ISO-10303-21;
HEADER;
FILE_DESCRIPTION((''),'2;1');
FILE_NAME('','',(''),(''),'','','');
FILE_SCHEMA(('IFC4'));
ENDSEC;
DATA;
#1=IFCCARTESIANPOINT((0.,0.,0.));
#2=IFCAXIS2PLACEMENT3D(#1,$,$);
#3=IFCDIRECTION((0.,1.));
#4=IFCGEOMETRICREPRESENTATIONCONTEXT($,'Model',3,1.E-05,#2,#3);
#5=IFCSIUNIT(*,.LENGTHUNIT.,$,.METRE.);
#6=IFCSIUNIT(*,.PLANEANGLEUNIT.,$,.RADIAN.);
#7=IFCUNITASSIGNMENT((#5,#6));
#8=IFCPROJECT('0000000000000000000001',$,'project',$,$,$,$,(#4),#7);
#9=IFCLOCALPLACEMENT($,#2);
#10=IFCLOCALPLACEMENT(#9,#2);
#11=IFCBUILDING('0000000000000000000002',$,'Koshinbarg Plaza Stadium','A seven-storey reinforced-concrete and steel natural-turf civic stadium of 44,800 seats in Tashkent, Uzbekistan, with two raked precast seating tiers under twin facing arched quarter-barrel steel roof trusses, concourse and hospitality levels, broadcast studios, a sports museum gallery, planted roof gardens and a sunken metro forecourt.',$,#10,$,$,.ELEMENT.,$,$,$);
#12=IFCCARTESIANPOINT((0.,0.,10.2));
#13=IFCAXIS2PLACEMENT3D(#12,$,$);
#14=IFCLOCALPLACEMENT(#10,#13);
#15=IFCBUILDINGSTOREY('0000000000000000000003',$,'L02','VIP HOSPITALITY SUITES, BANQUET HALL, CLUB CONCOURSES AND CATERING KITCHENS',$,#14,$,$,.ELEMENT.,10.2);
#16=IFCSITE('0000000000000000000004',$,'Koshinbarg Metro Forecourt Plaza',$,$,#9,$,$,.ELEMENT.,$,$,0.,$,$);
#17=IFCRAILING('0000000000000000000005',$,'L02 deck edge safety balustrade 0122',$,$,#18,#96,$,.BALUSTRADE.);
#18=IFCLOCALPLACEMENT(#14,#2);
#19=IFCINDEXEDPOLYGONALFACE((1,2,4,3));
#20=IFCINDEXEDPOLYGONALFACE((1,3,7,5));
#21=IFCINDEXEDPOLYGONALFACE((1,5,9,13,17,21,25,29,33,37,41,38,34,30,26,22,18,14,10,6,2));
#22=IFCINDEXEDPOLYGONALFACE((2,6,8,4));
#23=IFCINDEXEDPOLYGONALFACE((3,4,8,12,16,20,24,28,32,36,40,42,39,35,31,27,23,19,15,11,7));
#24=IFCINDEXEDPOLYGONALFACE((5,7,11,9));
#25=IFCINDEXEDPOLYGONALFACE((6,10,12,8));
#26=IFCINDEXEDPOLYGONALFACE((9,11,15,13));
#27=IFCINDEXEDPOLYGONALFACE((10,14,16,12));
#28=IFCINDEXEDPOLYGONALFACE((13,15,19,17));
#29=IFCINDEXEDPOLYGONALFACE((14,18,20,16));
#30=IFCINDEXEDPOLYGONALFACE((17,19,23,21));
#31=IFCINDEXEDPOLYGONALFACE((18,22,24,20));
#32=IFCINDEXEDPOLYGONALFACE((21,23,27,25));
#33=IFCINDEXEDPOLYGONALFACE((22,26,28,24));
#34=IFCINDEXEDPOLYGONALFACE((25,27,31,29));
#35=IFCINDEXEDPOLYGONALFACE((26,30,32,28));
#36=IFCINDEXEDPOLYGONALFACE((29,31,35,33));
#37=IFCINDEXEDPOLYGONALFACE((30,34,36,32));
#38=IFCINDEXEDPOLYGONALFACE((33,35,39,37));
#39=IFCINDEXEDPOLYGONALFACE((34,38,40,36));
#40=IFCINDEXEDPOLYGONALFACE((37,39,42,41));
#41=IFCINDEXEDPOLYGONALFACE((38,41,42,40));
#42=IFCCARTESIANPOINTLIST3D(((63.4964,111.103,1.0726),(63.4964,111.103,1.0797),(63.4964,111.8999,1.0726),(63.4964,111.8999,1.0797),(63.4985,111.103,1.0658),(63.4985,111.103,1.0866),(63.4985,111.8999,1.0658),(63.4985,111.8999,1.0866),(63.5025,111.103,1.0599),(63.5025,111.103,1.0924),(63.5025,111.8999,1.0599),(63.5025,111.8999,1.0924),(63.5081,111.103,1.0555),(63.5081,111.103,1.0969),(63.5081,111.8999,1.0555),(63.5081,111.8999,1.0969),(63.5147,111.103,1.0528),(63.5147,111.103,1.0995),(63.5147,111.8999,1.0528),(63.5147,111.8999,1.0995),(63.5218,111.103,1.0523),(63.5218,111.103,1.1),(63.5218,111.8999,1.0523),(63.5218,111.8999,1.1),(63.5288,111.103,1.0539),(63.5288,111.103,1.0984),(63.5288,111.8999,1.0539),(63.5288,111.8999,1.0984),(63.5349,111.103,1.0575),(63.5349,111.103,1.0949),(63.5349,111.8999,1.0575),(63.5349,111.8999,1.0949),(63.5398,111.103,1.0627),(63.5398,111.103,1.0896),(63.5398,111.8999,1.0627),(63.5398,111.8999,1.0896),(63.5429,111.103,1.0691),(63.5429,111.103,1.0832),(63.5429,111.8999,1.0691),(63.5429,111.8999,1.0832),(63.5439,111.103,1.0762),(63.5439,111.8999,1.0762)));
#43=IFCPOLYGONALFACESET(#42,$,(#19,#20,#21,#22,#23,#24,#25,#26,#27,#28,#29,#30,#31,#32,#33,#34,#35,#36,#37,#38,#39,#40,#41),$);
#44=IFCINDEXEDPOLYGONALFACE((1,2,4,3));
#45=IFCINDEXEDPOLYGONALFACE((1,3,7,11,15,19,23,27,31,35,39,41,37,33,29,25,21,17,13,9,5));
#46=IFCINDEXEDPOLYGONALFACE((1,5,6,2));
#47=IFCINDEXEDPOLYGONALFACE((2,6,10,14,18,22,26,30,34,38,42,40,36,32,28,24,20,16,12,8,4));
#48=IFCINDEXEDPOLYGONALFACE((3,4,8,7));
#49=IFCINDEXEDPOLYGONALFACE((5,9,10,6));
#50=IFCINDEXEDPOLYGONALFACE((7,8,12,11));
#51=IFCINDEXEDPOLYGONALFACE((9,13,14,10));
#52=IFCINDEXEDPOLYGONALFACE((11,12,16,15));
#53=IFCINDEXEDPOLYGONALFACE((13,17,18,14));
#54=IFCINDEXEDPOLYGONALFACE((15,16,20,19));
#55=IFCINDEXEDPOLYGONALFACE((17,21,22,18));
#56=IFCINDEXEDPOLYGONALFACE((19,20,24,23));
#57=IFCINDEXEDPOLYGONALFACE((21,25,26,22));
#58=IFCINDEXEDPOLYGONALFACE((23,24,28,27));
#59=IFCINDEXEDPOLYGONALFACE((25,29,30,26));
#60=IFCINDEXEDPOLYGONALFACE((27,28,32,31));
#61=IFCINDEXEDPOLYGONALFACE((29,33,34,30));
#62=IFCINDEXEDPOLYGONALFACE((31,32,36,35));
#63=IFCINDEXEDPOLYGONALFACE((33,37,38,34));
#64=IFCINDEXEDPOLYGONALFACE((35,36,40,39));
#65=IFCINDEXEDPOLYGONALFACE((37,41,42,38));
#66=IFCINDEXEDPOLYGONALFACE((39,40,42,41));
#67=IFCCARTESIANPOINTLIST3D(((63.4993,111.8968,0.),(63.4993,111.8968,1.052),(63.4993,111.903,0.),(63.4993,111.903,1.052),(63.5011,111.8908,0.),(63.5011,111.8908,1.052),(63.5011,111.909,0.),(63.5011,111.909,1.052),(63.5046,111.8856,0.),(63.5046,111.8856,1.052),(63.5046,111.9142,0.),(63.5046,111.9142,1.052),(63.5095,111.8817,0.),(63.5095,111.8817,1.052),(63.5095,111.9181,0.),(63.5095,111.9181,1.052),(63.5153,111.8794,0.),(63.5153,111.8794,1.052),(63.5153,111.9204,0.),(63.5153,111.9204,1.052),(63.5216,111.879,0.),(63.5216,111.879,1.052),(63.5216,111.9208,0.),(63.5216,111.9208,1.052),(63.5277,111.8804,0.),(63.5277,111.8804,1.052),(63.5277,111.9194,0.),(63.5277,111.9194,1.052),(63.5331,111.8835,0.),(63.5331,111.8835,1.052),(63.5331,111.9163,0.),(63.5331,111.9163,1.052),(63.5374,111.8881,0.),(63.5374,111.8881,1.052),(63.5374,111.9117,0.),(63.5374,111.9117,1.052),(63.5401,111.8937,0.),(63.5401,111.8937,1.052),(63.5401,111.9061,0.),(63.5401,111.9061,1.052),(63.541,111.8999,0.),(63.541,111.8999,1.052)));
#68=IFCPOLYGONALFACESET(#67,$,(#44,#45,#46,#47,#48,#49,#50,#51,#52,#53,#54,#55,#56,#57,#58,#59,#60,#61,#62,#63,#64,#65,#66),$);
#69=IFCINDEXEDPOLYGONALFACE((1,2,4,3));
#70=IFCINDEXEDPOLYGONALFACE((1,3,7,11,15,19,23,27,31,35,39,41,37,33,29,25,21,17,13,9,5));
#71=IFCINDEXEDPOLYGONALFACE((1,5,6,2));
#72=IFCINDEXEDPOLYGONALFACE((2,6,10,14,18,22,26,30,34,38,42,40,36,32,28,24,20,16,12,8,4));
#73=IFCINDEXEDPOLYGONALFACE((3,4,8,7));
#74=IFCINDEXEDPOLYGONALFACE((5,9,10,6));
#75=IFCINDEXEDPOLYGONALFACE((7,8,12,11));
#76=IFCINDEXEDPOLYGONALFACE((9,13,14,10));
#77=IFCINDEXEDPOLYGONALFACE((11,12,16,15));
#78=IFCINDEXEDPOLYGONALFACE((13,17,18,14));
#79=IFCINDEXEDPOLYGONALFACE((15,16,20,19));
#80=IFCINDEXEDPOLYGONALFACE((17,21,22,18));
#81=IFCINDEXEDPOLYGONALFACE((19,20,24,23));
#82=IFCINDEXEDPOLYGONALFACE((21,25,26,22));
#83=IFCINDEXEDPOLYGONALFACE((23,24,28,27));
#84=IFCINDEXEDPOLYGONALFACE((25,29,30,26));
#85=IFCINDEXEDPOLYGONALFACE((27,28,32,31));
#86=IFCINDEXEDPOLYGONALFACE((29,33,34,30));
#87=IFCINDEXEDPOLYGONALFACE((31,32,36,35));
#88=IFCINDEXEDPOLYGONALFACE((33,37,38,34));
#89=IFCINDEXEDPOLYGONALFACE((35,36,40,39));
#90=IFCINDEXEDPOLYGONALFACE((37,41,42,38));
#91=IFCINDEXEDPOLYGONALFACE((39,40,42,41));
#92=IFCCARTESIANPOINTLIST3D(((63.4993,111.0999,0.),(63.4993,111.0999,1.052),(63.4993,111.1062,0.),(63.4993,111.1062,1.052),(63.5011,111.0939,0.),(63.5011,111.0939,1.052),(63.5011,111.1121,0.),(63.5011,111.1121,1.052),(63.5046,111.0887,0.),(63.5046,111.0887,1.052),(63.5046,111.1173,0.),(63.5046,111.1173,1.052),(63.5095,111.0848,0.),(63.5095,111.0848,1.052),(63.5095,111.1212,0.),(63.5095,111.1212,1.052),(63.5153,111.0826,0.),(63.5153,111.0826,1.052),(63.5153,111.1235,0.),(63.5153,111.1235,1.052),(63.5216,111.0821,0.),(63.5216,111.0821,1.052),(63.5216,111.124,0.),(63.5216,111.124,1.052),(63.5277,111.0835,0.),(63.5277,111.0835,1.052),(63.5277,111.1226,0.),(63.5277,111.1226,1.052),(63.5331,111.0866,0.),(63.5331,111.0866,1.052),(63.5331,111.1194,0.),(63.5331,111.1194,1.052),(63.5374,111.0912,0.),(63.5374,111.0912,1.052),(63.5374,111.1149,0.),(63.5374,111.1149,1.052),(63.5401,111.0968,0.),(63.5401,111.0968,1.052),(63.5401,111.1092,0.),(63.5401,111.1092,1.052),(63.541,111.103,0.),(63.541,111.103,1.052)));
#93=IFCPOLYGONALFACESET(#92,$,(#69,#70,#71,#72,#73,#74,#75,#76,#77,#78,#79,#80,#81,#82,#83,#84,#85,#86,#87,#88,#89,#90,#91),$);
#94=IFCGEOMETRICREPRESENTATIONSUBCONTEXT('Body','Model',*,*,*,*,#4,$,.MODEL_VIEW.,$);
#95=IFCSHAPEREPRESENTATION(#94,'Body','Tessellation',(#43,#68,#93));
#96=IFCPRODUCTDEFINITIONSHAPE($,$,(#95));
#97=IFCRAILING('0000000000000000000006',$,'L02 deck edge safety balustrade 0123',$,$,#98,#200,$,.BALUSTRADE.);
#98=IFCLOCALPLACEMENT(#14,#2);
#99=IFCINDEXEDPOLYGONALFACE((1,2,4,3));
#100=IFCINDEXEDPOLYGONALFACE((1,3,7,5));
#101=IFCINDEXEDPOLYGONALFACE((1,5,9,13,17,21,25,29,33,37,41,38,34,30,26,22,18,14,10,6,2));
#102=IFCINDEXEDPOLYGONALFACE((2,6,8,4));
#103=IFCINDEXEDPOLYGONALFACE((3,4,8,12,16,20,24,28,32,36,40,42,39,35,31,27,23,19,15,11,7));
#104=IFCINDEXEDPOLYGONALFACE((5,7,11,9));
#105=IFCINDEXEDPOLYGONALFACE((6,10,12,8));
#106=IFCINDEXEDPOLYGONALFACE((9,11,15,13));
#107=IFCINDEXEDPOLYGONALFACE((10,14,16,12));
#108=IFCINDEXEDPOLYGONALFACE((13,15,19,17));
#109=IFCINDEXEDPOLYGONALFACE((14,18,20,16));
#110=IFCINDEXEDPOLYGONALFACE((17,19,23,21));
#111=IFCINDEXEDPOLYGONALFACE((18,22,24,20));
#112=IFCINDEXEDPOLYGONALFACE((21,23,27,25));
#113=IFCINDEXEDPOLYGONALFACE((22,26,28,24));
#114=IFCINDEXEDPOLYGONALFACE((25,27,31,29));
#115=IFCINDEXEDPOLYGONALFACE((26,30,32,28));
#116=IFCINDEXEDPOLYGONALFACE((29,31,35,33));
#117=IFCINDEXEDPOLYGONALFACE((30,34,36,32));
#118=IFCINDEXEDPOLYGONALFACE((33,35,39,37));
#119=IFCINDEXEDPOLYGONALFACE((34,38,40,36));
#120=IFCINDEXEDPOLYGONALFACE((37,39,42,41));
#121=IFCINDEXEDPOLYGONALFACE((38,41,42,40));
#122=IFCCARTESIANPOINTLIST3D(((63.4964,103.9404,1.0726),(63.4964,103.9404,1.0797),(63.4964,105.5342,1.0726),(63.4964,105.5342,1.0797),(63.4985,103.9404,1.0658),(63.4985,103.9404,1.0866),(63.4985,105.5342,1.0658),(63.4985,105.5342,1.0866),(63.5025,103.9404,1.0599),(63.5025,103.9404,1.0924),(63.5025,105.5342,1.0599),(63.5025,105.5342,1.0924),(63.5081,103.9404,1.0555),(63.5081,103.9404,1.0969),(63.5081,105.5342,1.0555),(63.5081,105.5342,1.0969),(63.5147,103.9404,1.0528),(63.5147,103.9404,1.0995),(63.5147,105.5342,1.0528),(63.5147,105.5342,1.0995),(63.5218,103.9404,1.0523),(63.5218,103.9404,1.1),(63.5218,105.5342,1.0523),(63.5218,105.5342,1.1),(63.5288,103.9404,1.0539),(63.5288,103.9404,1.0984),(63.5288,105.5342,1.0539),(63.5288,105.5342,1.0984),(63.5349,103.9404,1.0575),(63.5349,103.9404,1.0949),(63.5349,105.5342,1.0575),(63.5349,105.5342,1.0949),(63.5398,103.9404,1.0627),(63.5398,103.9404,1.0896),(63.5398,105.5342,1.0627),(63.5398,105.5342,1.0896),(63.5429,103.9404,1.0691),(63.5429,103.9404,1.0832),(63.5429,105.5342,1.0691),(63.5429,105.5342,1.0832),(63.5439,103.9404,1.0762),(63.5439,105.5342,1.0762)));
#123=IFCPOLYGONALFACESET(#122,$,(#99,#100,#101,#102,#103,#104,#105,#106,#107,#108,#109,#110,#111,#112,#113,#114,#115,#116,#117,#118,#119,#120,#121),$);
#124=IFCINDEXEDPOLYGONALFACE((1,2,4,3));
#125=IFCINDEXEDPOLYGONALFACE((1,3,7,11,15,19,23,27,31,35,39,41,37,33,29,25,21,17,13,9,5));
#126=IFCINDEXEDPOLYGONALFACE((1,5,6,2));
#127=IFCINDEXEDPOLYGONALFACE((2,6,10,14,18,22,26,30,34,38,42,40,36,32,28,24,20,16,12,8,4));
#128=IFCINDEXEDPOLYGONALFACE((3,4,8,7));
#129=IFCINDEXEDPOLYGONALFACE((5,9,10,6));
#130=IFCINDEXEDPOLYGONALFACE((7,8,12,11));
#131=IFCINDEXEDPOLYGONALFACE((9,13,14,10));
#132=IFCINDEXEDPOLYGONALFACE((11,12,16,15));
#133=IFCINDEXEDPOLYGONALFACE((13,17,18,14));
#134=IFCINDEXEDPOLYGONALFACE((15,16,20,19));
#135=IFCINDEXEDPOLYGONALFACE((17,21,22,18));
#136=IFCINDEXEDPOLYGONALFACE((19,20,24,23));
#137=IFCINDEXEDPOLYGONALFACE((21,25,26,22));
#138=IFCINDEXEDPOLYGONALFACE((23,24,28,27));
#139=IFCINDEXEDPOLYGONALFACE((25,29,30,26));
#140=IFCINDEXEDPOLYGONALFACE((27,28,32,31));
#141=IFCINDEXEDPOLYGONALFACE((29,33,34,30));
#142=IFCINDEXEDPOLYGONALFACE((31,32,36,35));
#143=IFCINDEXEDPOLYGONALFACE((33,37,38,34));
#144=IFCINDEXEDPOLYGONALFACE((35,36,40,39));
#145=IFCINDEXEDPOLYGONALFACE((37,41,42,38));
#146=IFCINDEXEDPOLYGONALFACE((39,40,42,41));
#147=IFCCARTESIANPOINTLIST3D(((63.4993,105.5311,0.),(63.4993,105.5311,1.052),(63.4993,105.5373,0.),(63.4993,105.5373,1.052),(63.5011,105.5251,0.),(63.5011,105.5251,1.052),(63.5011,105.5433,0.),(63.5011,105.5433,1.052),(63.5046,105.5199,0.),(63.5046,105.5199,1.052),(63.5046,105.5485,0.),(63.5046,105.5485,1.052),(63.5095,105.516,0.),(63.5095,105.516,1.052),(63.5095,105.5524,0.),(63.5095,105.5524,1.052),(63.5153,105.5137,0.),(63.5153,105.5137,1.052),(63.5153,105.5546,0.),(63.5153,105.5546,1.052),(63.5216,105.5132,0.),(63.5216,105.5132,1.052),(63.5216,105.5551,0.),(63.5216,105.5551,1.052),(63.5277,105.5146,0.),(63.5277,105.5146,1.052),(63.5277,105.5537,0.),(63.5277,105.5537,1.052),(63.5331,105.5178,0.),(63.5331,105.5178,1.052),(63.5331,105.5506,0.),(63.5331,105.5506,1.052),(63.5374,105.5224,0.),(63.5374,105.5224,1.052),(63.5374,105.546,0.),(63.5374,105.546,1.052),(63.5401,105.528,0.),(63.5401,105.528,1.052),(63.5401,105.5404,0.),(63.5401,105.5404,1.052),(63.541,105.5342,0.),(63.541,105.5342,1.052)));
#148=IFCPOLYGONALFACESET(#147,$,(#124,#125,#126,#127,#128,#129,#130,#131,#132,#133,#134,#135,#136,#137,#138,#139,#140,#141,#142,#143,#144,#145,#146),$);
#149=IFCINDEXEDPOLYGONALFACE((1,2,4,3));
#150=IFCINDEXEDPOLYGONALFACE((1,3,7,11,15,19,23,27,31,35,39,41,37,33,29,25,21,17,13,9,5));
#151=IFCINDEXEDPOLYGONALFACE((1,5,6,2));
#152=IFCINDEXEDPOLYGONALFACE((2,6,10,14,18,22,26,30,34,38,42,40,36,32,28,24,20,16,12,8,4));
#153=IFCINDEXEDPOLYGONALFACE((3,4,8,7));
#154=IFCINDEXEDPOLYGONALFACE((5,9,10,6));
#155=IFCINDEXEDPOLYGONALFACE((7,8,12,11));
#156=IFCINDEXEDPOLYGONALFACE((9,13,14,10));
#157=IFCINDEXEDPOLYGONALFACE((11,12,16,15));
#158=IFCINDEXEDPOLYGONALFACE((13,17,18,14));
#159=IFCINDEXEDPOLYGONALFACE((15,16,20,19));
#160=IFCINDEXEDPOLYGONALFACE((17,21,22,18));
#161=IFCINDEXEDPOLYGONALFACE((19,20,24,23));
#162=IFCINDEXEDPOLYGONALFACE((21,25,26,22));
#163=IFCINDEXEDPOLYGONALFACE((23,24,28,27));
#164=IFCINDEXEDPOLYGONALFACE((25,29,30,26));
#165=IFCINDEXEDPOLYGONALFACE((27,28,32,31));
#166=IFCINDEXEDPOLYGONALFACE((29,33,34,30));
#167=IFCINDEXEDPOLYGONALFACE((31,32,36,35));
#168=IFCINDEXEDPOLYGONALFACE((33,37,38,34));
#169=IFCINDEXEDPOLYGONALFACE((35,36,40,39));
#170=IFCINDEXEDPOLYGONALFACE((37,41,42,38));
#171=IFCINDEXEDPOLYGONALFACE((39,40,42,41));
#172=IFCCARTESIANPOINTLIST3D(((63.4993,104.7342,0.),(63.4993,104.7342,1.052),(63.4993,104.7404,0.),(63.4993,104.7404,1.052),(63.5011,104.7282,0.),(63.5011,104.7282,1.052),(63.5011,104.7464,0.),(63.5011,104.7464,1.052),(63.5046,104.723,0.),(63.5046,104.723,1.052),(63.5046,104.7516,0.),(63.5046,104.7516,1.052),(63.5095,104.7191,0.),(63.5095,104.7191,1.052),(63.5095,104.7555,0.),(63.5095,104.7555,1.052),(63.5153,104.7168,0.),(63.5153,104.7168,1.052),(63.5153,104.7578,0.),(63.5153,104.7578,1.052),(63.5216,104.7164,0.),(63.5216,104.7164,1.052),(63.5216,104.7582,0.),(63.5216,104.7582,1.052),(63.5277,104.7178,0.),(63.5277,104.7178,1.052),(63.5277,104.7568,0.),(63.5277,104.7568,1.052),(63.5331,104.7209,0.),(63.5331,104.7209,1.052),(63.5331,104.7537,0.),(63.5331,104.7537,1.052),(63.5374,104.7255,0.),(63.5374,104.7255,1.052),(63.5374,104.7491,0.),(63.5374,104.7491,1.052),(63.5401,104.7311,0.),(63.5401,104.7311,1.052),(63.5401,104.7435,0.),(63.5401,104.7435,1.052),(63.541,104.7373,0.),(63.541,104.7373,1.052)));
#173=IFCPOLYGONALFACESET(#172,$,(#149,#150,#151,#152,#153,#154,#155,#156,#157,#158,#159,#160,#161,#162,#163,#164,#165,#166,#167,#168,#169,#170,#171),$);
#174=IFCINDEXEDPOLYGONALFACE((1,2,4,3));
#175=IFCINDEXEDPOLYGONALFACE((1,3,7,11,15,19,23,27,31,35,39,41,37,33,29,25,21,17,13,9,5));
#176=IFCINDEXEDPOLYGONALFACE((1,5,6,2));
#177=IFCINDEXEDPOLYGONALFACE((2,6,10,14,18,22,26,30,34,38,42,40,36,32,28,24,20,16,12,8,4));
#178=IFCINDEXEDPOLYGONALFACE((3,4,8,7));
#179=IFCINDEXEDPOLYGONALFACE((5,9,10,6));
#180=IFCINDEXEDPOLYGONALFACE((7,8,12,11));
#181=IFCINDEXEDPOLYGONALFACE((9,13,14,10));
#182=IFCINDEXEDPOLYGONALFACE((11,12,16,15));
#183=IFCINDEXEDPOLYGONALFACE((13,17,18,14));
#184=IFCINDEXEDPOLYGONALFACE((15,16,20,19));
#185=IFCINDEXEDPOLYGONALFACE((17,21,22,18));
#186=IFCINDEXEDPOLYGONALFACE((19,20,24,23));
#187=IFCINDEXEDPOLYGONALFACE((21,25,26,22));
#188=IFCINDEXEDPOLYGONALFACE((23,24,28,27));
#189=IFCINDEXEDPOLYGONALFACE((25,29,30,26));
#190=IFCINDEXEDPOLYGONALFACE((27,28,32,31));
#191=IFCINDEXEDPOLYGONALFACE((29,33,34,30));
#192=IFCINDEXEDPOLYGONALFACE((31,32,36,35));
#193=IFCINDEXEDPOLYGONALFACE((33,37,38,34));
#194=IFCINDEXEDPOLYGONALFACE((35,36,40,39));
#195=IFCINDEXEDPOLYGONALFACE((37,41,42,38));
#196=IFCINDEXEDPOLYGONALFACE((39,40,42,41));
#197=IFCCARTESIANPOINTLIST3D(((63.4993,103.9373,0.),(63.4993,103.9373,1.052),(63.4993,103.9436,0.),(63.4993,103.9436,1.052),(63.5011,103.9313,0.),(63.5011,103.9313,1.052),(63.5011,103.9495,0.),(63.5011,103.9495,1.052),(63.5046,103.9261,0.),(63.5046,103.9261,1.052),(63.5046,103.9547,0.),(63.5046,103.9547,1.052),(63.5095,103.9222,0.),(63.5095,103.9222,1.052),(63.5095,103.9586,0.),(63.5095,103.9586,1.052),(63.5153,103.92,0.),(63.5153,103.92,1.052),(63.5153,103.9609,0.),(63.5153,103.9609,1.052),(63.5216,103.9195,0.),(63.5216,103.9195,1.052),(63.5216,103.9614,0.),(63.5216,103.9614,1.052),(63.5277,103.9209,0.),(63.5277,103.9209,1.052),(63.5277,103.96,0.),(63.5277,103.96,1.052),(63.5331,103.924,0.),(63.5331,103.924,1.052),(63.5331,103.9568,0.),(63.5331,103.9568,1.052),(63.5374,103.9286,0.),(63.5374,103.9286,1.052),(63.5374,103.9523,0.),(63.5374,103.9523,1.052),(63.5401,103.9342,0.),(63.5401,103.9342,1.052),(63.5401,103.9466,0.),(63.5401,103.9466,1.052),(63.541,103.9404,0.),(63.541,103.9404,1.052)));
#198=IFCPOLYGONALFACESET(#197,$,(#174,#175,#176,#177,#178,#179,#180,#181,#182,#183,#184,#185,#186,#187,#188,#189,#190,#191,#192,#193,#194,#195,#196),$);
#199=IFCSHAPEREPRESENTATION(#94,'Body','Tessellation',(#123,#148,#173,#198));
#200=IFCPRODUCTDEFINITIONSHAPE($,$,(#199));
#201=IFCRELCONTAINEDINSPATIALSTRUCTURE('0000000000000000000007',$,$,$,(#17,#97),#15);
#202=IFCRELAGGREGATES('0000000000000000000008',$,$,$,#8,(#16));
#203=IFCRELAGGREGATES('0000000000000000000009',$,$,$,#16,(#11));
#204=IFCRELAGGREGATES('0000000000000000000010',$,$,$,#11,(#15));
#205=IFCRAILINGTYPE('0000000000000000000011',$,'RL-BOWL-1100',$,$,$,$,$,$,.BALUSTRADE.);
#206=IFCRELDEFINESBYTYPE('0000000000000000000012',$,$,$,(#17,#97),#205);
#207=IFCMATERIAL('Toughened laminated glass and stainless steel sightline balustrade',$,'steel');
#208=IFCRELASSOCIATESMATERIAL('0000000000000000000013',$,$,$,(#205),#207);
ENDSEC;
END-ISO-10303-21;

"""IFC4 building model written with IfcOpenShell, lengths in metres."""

from ifc_helpers import new_model, si_unit, direction, frame, origin, origin_2d, place, context, subcontext, project, spatial, circle, extrude, material, type_object, element, save


model = new_model("IFC4")

# Units and contexts
model_context = context("Model", 3, precision=1e-05, world=origin(), true_north=direction((0.0, 1.0)))
body_context = subcontext(model_context, "Body", "Model", "MODEL_VIEW")
ifc_project = project(units=[si_unit("LENGTHUNIT", "METRE"), si_unit("PLANEANGLEUNIT", "RADIAN")], contexts=[model_context])

# Site, building, storey
site_placement = place(None, origin())
site = spatial("IfcSite", under=ifc_project, at=site_placement, Name="Koshinbarg Metro Forecourt Plaza", CompositionType="ELEMENT", RefElevation=0.0)
building_placement = place(site_placement, origin())
building = spatial("IfcBuilding", under=site, at=building_placement, Name="Koshinbarg Plaza Stadium", Description="A seven-storey reinforced-concrete and steel natural-turf civic stadium of 44,800 seats in Tashkent, Uzbekistan, with two raked precast seating tiers under twin facing arched quarter-barrel steel roof trusses, concourse and hospitality levels, broadcast studios, a sports museum gallery, planted roof gardens and a sunken metro forecourt.", CompositionType="ELEMENT")
storey_placement = place(building_placement, frame((0.0, 0.0, 10.2)))
storey = spatial("IfcBuildingStorey", under=building, at=storey_placement, Name="L02", Description="VIP HOSPITALITY SUITES, BANQUET HALL, CLUB CONCOURSES AND CATERING KITCHENS", CompositionType="ELEMENT", Elevation=10.2)

# Railings
ifc_material_1 = material(Name="Toughened laminated glass and stainless steel sightline balustrade", Category="steel")
railing_type = type_object("IfcRailingType", Name="RL-BOWL-1100", PredefinedType="BALUSTRADE", material=ifc_material_1)
railing_1_placement = place(storey_placement, frame((63.52, 111.8999, 0.0)))
element("IfcRailing", 1, at=railing_1_placement, inside=storey, type_object=railing_type, Name="L02 deck edge safety balustrade 0122", PredefinedType="BALUSTRADE", context=body_context, shape_type="SweptSolid", body=[
    extrude(circle(Radius=0.0239, at=origin_2d()), frame((0.0, 0.0, 1.0762), z_axis=(0.0, -1.0, 0.0), x_axis=(1.0, 0.0, 0.0)), (0.0, 0.0, 1.0), 0.7969),
    extrude(circle(Radius=0.021, at=origin_2d()), origin(), (0.0, 0.0, 1.0), 1.052),
    extrude(circle(Radius=0.021, at=origin_2d()), frame((0.0, -0.7969, 0.0)), (0.0, 0.0, 1.0), 1.052),
])
railing_2_placement = place(storey_placement, frame((63.52, 105.5342, 0.0)))
element("IfcRailing", 2, at=railing_2_placement, inside=storey, type_object=railing_type, Name="L02 deck edge safety balustrade 0123", PredefinedType="BALUSTRADE", context=body_context, shape_type="SweptSolid", body=[
    extrude(circle(Radius=0.0239, at=origin_2d()), frame((0.0, 0.0, 1.0762), z_axis=(0.0, -1.0, 0.0), x_axis=(1.0, 0.0, 0.0)), (0.0, 0.0, 1.0), 1.5938),
    extrude(circle(Radius=0.021, at=origin_2d()), origin(), (0.0, 0.0, 1.0), 1.052),
    extrude(circle(Radius=0.021, at=origin_2d()), frame((0.0, -0.7969, 0.0)), (0.0, 0.0, 1.0), 1.052),
    extrude(circle(Radius=0.021, at=origin_2d()), frame((0.0, -1.5938, 0.0)), (0.0, 0.0, 1.0), 1.052),
])

save(model, "model.ifc")
